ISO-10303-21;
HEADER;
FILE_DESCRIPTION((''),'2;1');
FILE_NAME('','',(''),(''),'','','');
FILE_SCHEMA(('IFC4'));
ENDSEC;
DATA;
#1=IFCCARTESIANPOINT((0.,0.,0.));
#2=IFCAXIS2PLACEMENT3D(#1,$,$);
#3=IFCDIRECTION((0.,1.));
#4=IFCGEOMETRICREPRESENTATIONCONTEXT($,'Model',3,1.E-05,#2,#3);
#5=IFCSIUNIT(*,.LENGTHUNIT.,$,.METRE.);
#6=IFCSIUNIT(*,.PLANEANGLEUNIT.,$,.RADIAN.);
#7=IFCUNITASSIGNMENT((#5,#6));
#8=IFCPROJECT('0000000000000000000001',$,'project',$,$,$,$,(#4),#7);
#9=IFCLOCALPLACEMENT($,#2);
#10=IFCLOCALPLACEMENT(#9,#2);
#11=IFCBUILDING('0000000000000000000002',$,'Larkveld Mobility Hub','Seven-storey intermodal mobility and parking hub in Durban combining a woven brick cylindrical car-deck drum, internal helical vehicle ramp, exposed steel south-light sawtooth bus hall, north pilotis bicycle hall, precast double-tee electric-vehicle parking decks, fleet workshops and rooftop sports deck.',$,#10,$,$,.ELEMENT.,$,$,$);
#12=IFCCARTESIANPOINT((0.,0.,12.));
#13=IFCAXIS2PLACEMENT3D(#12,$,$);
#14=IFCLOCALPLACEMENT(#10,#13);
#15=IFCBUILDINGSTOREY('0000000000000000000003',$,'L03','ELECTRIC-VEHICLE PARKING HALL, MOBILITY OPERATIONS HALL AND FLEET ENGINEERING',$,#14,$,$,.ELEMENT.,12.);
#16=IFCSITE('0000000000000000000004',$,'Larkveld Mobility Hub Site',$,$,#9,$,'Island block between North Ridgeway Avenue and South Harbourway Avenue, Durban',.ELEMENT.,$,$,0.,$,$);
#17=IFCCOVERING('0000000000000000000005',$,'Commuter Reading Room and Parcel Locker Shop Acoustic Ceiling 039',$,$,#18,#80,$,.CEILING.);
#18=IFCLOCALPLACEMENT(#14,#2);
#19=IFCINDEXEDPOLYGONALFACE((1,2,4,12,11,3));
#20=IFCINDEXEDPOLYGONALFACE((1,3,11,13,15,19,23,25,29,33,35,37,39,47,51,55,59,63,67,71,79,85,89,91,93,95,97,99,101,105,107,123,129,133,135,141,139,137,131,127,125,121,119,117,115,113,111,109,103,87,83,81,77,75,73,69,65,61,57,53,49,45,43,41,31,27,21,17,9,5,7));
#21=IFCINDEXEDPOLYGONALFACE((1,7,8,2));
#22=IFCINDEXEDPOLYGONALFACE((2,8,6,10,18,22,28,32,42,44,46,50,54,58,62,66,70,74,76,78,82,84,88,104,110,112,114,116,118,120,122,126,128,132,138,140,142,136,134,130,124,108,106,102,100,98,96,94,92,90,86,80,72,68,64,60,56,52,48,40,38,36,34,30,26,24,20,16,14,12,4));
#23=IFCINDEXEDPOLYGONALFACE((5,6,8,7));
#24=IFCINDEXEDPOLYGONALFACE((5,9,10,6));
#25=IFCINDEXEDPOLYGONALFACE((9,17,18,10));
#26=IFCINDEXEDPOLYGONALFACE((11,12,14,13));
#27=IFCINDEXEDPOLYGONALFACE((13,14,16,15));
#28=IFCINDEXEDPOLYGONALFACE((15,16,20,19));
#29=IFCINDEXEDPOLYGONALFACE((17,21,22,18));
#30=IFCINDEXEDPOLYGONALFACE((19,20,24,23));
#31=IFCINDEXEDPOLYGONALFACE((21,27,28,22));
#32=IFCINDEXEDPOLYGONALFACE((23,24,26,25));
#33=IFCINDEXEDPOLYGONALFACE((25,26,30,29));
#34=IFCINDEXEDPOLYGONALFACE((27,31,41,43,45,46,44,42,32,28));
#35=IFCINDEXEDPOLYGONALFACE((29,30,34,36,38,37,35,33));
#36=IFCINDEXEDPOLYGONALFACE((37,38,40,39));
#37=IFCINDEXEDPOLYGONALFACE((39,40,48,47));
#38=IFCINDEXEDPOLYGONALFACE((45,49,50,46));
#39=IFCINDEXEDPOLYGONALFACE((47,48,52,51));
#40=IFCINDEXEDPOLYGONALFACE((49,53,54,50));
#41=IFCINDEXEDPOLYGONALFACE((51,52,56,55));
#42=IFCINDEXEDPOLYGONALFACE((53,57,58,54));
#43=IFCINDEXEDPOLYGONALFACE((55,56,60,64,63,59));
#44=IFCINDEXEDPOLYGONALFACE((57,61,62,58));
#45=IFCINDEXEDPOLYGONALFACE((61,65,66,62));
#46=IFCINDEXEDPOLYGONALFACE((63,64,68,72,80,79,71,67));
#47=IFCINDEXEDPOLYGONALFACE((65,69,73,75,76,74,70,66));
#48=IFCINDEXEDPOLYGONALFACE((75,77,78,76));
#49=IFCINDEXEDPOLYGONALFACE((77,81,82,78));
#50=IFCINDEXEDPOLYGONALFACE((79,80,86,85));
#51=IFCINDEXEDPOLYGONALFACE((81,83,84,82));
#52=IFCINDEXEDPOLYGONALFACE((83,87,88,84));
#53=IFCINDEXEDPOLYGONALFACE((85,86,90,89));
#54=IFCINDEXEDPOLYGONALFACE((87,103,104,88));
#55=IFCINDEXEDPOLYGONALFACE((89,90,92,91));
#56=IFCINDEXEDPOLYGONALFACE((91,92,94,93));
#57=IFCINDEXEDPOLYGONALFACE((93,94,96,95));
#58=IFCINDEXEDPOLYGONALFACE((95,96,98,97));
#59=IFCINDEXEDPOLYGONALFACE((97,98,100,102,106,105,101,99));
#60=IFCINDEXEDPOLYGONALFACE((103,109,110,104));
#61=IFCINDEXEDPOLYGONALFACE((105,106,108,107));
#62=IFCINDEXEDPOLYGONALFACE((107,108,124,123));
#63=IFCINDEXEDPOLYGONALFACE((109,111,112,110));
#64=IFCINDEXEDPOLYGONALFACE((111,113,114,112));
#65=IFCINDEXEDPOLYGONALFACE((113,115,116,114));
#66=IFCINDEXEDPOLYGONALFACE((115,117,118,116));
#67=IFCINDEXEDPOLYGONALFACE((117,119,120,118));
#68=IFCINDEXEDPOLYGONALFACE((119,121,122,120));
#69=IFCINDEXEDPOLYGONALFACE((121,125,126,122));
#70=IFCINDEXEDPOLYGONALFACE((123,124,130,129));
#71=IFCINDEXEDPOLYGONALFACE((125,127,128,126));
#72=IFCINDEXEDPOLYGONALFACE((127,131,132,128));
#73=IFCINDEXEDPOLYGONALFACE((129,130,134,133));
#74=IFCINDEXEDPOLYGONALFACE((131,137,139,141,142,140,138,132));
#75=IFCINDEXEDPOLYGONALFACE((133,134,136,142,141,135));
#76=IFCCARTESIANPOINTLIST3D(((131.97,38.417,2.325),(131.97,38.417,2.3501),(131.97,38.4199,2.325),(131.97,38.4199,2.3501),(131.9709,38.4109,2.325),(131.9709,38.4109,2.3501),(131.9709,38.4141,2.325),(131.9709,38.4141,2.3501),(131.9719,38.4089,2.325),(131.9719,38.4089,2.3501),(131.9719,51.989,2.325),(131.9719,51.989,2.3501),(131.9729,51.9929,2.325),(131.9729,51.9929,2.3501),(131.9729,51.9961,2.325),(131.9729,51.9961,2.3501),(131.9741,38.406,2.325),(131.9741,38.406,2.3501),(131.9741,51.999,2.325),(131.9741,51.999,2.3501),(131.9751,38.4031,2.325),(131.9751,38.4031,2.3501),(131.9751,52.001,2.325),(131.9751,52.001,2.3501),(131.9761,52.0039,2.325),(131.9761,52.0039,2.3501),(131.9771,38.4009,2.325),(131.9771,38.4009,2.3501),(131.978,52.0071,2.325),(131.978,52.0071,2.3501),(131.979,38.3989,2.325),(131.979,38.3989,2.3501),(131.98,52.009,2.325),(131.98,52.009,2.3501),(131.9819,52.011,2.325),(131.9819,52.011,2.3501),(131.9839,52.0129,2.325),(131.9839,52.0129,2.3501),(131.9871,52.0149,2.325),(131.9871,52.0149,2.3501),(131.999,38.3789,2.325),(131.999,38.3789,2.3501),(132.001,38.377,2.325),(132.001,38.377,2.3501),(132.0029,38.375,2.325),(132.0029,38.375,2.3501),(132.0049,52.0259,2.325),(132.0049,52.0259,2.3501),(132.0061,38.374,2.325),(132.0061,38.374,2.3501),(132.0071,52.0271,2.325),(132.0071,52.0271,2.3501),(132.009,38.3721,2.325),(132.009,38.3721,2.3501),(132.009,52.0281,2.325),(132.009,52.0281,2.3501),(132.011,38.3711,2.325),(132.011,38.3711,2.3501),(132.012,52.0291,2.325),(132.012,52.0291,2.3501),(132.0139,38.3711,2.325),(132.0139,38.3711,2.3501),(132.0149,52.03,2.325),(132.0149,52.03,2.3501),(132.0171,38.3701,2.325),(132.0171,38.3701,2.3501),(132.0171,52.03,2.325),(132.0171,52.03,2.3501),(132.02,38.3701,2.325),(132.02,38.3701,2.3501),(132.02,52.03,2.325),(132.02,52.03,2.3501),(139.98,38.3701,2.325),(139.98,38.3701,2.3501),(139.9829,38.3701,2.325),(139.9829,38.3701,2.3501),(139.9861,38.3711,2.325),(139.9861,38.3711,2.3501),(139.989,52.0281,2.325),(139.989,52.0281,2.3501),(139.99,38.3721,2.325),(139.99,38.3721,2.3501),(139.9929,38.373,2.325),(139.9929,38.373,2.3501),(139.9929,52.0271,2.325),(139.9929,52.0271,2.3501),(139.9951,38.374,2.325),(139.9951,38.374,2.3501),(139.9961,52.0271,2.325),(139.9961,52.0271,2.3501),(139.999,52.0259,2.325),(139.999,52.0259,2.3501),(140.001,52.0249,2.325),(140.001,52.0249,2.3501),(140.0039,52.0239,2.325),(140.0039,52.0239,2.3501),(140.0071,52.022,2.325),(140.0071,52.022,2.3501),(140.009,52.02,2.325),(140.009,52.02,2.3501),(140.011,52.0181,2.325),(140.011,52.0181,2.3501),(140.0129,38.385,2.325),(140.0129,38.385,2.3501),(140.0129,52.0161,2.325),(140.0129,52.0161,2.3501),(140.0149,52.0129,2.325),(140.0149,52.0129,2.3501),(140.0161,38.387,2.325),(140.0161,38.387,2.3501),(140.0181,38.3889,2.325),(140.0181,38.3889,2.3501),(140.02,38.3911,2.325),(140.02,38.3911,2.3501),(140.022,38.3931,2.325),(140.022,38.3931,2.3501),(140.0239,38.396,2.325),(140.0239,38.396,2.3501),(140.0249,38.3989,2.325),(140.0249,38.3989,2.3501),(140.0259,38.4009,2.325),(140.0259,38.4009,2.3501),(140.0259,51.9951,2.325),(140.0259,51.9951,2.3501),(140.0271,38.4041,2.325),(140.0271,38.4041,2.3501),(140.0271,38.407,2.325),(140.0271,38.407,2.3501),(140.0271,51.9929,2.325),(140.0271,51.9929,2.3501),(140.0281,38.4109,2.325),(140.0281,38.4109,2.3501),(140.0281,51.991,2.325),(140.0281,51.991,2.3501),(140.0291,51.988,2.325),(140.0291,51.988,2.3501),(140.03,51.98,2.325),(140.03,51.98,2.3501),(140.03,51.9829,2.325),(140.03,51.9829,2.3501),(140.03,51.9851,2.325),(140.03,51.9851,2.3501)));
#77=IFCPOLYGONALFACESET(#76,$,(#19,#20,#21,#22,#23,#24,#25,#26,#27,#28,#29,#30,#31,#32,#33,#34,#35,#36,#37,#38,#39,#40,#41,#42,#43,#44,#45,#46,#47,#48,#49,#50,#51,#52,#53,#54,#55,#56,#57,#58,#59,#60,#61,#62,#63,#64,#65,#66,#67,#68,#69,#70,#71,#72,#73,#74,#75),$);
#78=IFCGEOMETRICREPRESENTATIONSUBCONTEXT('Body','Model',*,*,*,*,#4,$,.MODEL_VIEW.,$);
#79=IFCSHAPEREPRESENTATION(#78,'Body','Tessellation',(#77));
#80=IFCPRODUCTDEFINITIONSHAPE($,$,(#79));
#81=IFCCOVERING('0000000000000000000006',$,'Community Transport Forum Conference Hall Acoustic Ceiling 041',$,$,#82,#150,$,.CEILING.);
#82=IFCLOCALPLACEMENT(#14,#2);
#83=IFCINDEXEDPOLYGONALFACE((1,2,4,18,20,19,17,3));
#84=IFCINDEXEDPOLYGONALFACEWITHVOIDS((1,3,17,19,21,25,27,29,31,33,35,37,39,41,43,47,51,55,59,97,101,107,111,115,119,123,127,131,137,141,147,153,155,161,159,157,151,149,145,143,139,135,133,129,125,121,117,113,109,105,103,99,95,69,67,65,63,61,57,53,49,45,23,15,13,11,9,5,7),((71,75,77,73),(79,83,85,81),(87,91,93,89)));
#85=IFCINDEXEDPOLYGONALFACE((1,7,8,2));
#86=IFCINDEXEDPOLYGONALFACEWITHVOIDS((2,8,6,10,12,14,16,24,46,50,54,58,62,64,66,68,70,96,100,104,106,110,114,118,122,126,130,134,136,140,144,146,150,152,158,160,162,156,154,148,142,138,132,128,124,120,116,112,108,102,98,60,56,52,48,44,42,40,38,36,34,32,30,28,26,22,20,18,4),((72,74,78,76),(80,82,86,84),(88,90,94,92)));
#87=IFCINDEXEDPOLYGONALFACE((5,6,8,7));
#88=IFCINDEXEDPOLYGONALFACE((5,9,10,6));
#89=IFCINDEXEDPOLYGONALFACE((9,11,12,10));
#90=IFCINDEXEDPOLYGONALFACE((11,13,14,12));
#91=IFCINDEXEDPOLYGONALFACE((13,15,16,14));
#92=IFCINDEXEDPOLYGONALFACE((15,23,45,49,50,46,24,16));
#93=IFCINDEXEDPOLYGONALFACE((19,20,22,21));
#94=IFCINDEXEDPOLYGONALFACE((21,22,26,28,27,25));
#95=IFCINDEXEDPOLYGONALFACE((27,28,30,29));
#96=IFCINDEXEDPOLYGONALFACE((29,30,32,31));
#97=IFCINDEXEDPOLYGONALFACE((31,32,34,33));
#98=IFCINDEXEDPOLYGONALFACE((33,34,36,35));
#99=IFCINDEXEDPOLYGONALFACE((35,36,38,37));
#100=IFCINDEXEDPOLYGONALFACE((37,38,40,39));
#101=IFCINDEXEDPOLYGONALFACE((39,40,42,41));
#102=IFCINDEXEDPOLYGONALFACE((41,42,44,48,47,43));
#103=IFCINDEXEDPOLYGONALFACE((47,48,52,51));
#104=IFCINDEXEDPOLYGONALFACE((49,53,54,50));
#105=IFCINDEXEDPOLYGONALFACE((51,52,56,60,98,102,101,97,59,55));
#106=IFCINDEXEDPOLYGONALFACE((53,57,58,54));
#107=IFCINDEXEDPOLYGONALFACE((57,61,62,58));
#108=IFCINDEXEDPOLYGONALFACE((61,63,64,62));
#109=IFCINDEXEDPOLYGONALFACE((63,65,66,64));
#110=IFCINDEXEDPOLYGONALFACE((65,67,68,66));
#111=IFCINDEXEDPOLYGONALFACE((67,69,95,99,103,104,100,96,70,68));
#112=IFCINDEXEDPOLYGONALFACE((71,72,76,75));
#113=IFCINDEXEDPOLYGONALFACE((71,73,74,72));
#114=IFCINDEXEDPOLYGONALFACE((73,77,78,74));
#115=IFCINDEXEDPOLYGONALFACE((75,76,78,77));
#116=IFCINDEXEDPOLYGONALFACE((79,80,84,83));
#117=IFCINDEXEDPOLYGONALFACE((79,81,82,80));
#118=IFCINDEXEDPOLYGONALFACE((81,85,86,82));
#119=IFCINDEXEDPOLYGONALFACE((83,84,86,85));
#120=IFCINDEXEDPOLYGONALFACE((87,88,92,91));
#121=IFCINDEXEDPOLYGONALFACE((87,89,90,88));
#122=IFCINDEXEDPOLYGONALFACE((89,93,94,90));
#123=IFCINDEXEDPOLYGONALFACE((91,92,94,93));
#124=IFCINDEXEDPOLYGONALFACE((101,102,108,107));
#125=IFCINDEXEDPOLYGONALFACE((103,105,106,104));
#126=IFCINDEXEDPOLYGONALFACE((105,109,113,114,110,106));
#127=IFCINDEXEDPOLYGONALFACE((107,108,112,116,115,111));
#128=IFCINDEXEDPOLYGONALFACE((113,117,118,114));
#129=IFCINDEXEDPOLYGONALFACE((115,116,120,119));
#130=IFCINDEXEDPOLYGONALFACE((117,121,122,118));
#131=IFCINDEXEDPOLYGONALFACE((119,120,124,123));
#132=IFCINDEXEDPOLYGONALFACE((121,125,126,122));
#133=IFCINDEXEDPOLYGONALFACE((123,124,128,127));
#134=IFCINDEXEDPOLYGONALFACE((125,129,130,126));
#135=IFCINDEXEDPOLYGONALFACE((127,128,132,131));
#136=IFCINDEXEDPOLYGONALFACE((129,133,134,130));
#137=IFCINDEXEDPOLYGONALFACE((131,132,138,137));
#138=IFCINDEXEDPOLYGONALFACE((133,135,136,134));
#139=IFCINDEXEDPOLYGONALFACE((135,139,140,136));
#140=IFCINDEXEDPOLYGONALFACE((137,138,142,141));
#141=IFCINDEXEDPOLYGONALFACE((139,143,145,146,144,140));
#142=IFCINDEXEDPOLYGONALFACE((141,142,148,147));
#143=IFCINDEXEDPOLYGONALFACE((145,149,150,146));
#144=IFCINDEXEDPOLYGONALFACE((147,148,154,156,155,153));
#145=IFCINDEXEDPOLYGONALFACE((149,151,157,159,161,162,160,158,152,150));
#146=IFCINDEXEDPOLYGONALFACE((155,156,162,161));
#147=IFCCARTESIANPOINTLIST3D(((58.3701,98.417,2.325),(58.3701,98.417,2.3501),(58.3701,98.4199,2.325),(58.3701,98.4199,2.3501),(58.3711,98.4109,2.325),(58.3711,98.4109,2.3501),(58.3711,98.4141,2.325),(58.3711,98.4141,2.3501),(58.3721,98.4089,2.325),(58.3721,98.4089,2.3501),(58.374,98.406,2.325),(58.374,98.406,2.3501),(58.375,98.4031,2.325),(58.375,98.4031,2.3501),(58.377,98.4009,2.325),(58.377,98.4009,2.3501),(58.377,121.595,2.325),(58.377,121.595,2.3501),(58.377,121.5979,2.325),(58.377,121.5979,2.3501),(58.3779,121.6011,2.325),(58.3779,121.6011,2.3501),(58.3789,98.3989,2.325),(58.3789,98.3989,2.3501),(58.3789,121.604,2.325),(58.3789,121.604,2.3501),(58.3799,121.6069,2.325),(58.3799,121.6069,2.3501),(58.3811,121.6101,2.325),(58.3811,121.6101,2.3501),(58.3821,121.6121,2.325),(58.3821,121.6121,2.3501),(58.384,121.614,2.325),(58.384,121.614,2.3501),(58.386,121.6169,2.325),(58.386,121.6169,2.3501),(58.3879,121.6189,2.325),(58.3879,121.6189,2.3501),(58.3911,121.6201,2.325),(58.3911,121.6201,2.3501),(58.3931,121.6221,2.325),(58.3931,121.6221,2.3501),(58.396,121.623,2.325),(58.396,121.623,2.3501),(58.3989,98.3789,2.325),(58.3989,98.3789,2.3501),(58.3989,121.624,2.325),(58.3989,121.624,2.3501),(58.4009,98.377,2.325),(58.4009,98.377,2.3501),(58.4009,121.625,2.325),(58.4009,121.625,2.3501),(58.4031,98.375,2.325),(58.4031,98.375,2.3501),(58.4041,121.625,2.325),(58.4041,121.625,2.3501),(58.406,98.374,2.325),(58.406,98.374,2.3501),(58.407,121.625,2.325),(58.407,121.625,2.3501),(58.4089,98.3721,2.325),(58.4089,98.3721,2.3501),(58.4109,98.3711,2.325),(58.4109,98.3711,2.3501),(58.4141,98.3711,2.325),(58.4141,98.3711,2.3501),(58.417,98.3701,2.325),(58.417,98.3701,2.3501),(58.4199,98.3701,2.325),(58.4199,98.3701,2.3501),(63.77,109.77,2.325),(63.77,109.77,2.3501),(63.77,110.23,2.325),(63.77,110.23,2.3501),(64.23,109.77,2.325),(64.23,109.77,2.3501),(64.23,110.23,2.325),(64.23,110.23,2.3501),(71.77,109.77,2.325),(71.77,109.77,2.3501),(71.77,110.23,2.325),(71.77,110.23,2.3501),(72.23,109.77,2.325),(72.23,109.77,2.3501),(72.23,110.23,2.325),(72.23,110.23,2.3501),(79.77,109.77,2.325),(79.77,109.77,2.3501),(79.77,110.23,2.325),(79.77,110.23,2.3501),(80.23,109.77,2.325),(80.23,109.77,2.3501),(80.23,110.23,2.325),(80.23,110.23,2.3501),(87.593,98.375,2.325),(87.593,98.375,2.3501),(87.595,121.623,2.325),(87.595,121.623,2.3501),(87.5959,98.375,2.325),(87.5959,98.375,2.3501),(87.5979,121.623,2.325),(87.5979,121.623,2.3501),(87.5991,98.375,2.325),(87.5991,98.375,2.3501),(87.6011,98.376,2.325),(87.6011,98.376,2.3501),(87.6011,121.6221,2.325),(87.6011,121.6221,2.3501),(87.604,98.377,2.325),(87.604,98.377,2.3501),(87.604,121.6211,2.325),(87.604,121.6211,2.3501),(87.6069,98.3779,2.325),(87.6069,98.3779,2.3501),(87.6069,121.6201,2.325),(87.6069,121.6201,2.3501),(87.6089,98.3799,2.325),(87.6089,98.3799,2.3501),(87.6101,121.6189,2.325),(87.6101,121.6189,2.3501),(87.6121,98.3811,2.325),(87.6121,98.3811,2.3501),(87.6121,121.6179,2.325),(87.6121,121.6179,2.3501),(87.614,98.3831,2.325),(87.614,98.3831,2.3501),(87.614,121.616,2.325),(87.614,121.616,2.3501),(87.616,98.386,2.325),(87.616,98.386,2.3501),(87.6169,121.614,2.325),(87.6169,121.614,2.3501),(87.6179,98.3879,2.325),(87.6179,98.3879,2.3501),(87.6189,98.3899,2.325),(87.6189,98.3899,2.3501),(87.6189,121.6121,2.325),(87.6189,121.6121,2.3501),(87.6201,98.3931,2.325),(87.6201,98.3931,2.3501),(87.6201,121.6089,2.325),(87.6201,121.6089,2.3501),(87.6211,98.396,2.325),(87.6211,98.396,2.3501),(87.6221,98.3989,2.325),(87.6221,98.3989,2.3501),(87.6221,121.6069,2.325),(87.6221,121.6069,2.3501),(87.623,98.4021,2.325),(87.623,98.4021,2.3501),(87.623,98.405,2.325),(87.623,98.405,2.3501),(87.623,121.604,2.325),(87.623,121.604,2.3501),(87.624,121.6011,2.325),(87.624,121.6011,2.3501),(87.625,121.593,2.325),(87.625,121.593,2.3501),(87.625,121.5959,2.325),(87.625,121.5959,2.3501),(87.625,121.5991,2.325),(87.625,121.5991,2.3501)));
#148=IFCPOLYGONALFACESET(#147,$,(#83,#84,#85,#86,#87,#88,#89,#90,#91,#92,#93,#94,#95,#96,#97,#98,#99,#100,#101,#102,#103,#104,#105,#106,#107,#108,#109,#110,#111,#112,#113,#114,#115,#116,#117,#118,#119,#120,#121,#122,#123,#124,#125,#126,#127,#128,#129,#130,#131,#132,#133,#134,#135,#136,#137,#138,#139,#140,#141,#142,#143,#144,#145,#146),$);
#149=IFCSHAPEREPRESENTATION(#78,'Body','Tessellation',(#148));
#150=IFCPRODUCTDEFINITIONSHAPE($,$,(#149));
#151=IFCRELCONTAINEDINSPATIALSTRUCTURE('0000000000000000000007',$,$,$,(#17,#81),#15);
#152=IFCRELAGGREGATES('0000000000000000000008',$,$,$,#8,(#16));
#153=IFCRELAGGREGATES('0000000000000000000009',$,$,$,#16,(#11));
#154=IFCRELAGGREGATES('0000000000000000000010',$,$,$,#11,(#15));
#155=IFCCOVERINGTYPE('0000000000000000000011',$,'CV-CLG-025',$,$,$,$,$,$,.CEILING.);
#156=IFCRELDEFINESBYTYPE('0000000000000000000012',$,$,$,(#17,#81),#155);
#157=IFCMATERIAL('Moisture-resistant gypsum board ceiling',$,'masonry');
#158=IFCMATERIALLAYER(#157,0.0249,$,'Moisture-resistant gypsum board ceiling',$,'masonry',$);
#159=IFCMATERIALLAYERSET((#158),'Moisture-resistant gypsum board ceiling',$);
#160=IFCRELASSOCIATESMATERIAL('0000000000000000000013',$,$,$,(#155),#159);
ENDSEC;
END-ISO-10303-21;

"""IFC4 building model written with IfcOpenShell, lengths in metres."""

from ifc_helpers import new_model, si_unit, direction, frame, origin, place, context, subcontext, project, spatial, polyline, outline, extrude, material, layer, layer_set, type_object, element, save


model = new_model("IFC4")

# Units and contexts
model_context = context("Model", 3, precision=1e-05, world=origin(), true_north=direction((0.0, 1.0)))
body_context = subcontext(model_context, "Body", "Model", "MODEL_VIEW")
ifc_project = project(units=[si_unit("LENGTHUNIT", "METRE"), si_unit("PLANEANGLEUNIT", "RADIAN")], contexts=[model_context])

# Site, building, storey
site_placement = place(None, origin())
site = spatial("IfcSite", under=ifc_project, at=site_placement, Name="Larkveld Mobility Hub Site", LongName="Island block between North Ridgeway Avenue and South Harbourway Avenue, Durban", CompositionType="ELEMENT", RefElevation=0.0)
building_placement = place(site_placement, origin())
building = spatial("IfcBuilding", under=site, at=building_placement, Name="Larkveld Mobility Hub", Description="Seven-storey intermodal mobility and parking hub in Durban combining a woven brick cylindrical car-deck drum, internal helical vehicle ramp, exposed steel south-light sawtooth bus hall, north pilotis bicycle hall, precast double-tee electric-vehicle parking decks, fleet workshops and rooftop sports deck.", CompositionType="ELEMENT")
storey_placement = place(building_placement, frame((0.0, 0.0, 12.0)))
storey = spatial("IfcBuildingStorey", under=building, at=storey_placement, Name="L03", Description="ELECTRIC-VEHICLE PARKING HALL, MOBILITY OPERATIONS HALL AND FLEET ENGINEERING", CompositionType="ELEMENT", Elevation=12.0)

# Coverings
ifc_material_1 = material(Name="Moisture-resistant gypsum board ceiling", Category="masonry")
ifc_layer_1 = layer(ifc_material_1, 0.0249, Name="Moisture-resistant gypsum board ceiling", Category="masonry")
ifc_layer_set_1 = layer_set([ifc_layer_1], Name="Moisture-resistant gypsum board ceiling")
covering_type_1 = type_object("IfcCoveringType", Name="CV-CLG-025", PredefinedType="CEILING", material=ifc_layer_set_1)
covering_1_placement = place(storey_placement, frame((0.0, 0.0, 2.325)))
element("IfcCovering", 1, at=covering_1_placement, inside=storey, type_object=covering_type_1, Name="Commuter Reading Room and Parcel Locker Shop Acoustic Ceiling 039", PredefinedType="CEILING", context=body_context, shape_type="SweptSolid", body=[
    extrude(outline(polyline([(132.02, 38.3701), (132.0171, 38.3701), (132.0139, 38.3711), (132.011, 38.3711), (132.009, 38.3721), (132.0061, 38.374), (132.0029, 38.375), (132.001, 38.377), (131.999, 38.3789), (131.979, 38.3989), (131.9771, 38.4009), (131.9751, 38.4031), (131.9741, 38.406), (131.9719, 38.4089), (131.9709, 38.4109), (131.9709, 38.4141), (131.97, 38.417), (131.97, 38.4199), (131.9719, 51.989), (131.9729, 51.9929), (131.9729, 51.9961), (131.9741, 51.999), (131.9751, 52.001), (131.9761, 52.0039), (131.978, 52.0071), (131.98, 52.009), (131.9819, 52.011), (131.9839, 52.0129), (131.9871, 52.0149), (132.0049, 52.0259), (132.0071, 52.0271), (132.009, 52.0281), (132.012, 52.0291), (132.0149, 52.03), (132.0171, 52.03), (132.02, 52.03), (139.989, 52.0281), (139.9929, 52.0271), (139.9961, 52.0271), (139.999, 52.0259), (140.001, 52.0249), (140.0039, 52.0239), (140.0071, 52.022), (140.009, 52.02), (140.011, 52.0181), (140.0129, 52.0161), (140.0149, 52.0129), (140.0259, 51.9951), (140.0271, 51.9929), (140.0281, 51.991), (140.0291, 51.988), (140.03, 51.9851), (140.03, 51.9829), (140.03, 51.98), (140.0281, 38.4109), (140.0271, 38.407), (140.0271, 38.4041), (140.0259, 38.4009), (140.0249, 38.3989), (140.0239, 38.396), (140.022, 38.3931), (140.02, 38.3911), (140.0181, 38.3889), (140.0161, 38.387), (140.0129, 38.385), (139.9951, 38.374), (139.9929, 38.373), (139.99, 38.3721), (139.9861, 38.3711), (139.9829, 38.3701), (139.98, 38.3701), (132.02, 38.3701)])), origin(), (0.0, 0.0, 1.0), 0.0251),
])
covering_2_placement = place(storey_placement, frame((0.0, 0.0, 2.325)))
element("IfcCovering", 2, at=covering_2_placement, inside=storey, type_object=covering_type_1, Name="Community Transport Forum Conference Hall Acoustic Ceiling 041", PredefinedType="CEILING", context=body_context, shape_type="SweptSolid", body=[
    extrude(outline(polyline([(58.417, 98.3701), (58.4141, 98.3711), (58.4109, 98.3711), (58.4089, 98.3721), (58.406, 98.374), (58.4031, 98.375), (58.4009, 98.377), (58.3989, 98.3789), (58.3789, 98.3989), (58.377, 98.4009), (58.375, 98.4031), (58.374, 98.406), (58.3721, 98.4089), (58.3711, 98.4109), (58.3711, 98.4141), (58.3701, 98.417), (58.3701, 98.4199), (58.377, 121.595), (58.377, 121.5979), (58.3779, 121.6011), (58.3789, 121.604), (58.3799, 121.6069), (58.3811, 121.6101), (58.3821, 121.6121), (58.384, 121.614), (58.386, 121.6169), (58.3879, 121.6189), (58.3911, 121.6201), (58.3931, 121.6221), (58.396, 121.623), (58.3989, 121.624), (58.4009, 121.625), (58.4041, 121.625), (58.407, 121.625), (87.595, 121.623), (87.5979, 121.623), (87.6011, 121.6221), (87.604, 121.6211), (87.6069, 121.6201), (87.6101, 121.6189), (87.6121, 121.6179), (87.614, 121.616), (87.6169, 121.614), (87.6189, 121.6121), (87.6201, 121.6089), (87.6221, 121.6069), (87.623, 121.604), (87.624, 121.6011), (87.625, 121.5991), (87.625, 121.5959), (87.625, 121.593), (87.623, 98.405), (87.623, 98.4021), (87.6221, 98.3989), (87.6211, 98.396), (87.6201, 98.3931), (87.6189, 98.3899), (87.6179, 98.3879), (87.616, 98.386), (87.614, 98.3831), (87.6121, 98.3811), (87.6089, 98.3799), (87.6069, 98.3779), (87.604, 98.377), (87.6011, 98.376), (87.5991, 98.375), (87.5959, 98.375), (87.593, 98.375), (58.4199, 98.3701), (58.417, 98.3701)]), holes=[polyline([(63.77, 109.77), (64.23, 109.77), (64.23, 110.23), (63.77, 110.23), (63.77, 109.77)]), polyline([(71.77, 110.23), (71.77, 109.77), (72.23, 109.77), (72.23, 110.23), (71.77, 110.23)]), polyline([(79.77, 110.23), (79.77, 109.77), (80.23, 109.77), (80.23, 110.23), (79.77, 110.23)])]), origin(), (0.0, 0.0, 1.0), 0.0251),
])

save(model, "model.ifc")
